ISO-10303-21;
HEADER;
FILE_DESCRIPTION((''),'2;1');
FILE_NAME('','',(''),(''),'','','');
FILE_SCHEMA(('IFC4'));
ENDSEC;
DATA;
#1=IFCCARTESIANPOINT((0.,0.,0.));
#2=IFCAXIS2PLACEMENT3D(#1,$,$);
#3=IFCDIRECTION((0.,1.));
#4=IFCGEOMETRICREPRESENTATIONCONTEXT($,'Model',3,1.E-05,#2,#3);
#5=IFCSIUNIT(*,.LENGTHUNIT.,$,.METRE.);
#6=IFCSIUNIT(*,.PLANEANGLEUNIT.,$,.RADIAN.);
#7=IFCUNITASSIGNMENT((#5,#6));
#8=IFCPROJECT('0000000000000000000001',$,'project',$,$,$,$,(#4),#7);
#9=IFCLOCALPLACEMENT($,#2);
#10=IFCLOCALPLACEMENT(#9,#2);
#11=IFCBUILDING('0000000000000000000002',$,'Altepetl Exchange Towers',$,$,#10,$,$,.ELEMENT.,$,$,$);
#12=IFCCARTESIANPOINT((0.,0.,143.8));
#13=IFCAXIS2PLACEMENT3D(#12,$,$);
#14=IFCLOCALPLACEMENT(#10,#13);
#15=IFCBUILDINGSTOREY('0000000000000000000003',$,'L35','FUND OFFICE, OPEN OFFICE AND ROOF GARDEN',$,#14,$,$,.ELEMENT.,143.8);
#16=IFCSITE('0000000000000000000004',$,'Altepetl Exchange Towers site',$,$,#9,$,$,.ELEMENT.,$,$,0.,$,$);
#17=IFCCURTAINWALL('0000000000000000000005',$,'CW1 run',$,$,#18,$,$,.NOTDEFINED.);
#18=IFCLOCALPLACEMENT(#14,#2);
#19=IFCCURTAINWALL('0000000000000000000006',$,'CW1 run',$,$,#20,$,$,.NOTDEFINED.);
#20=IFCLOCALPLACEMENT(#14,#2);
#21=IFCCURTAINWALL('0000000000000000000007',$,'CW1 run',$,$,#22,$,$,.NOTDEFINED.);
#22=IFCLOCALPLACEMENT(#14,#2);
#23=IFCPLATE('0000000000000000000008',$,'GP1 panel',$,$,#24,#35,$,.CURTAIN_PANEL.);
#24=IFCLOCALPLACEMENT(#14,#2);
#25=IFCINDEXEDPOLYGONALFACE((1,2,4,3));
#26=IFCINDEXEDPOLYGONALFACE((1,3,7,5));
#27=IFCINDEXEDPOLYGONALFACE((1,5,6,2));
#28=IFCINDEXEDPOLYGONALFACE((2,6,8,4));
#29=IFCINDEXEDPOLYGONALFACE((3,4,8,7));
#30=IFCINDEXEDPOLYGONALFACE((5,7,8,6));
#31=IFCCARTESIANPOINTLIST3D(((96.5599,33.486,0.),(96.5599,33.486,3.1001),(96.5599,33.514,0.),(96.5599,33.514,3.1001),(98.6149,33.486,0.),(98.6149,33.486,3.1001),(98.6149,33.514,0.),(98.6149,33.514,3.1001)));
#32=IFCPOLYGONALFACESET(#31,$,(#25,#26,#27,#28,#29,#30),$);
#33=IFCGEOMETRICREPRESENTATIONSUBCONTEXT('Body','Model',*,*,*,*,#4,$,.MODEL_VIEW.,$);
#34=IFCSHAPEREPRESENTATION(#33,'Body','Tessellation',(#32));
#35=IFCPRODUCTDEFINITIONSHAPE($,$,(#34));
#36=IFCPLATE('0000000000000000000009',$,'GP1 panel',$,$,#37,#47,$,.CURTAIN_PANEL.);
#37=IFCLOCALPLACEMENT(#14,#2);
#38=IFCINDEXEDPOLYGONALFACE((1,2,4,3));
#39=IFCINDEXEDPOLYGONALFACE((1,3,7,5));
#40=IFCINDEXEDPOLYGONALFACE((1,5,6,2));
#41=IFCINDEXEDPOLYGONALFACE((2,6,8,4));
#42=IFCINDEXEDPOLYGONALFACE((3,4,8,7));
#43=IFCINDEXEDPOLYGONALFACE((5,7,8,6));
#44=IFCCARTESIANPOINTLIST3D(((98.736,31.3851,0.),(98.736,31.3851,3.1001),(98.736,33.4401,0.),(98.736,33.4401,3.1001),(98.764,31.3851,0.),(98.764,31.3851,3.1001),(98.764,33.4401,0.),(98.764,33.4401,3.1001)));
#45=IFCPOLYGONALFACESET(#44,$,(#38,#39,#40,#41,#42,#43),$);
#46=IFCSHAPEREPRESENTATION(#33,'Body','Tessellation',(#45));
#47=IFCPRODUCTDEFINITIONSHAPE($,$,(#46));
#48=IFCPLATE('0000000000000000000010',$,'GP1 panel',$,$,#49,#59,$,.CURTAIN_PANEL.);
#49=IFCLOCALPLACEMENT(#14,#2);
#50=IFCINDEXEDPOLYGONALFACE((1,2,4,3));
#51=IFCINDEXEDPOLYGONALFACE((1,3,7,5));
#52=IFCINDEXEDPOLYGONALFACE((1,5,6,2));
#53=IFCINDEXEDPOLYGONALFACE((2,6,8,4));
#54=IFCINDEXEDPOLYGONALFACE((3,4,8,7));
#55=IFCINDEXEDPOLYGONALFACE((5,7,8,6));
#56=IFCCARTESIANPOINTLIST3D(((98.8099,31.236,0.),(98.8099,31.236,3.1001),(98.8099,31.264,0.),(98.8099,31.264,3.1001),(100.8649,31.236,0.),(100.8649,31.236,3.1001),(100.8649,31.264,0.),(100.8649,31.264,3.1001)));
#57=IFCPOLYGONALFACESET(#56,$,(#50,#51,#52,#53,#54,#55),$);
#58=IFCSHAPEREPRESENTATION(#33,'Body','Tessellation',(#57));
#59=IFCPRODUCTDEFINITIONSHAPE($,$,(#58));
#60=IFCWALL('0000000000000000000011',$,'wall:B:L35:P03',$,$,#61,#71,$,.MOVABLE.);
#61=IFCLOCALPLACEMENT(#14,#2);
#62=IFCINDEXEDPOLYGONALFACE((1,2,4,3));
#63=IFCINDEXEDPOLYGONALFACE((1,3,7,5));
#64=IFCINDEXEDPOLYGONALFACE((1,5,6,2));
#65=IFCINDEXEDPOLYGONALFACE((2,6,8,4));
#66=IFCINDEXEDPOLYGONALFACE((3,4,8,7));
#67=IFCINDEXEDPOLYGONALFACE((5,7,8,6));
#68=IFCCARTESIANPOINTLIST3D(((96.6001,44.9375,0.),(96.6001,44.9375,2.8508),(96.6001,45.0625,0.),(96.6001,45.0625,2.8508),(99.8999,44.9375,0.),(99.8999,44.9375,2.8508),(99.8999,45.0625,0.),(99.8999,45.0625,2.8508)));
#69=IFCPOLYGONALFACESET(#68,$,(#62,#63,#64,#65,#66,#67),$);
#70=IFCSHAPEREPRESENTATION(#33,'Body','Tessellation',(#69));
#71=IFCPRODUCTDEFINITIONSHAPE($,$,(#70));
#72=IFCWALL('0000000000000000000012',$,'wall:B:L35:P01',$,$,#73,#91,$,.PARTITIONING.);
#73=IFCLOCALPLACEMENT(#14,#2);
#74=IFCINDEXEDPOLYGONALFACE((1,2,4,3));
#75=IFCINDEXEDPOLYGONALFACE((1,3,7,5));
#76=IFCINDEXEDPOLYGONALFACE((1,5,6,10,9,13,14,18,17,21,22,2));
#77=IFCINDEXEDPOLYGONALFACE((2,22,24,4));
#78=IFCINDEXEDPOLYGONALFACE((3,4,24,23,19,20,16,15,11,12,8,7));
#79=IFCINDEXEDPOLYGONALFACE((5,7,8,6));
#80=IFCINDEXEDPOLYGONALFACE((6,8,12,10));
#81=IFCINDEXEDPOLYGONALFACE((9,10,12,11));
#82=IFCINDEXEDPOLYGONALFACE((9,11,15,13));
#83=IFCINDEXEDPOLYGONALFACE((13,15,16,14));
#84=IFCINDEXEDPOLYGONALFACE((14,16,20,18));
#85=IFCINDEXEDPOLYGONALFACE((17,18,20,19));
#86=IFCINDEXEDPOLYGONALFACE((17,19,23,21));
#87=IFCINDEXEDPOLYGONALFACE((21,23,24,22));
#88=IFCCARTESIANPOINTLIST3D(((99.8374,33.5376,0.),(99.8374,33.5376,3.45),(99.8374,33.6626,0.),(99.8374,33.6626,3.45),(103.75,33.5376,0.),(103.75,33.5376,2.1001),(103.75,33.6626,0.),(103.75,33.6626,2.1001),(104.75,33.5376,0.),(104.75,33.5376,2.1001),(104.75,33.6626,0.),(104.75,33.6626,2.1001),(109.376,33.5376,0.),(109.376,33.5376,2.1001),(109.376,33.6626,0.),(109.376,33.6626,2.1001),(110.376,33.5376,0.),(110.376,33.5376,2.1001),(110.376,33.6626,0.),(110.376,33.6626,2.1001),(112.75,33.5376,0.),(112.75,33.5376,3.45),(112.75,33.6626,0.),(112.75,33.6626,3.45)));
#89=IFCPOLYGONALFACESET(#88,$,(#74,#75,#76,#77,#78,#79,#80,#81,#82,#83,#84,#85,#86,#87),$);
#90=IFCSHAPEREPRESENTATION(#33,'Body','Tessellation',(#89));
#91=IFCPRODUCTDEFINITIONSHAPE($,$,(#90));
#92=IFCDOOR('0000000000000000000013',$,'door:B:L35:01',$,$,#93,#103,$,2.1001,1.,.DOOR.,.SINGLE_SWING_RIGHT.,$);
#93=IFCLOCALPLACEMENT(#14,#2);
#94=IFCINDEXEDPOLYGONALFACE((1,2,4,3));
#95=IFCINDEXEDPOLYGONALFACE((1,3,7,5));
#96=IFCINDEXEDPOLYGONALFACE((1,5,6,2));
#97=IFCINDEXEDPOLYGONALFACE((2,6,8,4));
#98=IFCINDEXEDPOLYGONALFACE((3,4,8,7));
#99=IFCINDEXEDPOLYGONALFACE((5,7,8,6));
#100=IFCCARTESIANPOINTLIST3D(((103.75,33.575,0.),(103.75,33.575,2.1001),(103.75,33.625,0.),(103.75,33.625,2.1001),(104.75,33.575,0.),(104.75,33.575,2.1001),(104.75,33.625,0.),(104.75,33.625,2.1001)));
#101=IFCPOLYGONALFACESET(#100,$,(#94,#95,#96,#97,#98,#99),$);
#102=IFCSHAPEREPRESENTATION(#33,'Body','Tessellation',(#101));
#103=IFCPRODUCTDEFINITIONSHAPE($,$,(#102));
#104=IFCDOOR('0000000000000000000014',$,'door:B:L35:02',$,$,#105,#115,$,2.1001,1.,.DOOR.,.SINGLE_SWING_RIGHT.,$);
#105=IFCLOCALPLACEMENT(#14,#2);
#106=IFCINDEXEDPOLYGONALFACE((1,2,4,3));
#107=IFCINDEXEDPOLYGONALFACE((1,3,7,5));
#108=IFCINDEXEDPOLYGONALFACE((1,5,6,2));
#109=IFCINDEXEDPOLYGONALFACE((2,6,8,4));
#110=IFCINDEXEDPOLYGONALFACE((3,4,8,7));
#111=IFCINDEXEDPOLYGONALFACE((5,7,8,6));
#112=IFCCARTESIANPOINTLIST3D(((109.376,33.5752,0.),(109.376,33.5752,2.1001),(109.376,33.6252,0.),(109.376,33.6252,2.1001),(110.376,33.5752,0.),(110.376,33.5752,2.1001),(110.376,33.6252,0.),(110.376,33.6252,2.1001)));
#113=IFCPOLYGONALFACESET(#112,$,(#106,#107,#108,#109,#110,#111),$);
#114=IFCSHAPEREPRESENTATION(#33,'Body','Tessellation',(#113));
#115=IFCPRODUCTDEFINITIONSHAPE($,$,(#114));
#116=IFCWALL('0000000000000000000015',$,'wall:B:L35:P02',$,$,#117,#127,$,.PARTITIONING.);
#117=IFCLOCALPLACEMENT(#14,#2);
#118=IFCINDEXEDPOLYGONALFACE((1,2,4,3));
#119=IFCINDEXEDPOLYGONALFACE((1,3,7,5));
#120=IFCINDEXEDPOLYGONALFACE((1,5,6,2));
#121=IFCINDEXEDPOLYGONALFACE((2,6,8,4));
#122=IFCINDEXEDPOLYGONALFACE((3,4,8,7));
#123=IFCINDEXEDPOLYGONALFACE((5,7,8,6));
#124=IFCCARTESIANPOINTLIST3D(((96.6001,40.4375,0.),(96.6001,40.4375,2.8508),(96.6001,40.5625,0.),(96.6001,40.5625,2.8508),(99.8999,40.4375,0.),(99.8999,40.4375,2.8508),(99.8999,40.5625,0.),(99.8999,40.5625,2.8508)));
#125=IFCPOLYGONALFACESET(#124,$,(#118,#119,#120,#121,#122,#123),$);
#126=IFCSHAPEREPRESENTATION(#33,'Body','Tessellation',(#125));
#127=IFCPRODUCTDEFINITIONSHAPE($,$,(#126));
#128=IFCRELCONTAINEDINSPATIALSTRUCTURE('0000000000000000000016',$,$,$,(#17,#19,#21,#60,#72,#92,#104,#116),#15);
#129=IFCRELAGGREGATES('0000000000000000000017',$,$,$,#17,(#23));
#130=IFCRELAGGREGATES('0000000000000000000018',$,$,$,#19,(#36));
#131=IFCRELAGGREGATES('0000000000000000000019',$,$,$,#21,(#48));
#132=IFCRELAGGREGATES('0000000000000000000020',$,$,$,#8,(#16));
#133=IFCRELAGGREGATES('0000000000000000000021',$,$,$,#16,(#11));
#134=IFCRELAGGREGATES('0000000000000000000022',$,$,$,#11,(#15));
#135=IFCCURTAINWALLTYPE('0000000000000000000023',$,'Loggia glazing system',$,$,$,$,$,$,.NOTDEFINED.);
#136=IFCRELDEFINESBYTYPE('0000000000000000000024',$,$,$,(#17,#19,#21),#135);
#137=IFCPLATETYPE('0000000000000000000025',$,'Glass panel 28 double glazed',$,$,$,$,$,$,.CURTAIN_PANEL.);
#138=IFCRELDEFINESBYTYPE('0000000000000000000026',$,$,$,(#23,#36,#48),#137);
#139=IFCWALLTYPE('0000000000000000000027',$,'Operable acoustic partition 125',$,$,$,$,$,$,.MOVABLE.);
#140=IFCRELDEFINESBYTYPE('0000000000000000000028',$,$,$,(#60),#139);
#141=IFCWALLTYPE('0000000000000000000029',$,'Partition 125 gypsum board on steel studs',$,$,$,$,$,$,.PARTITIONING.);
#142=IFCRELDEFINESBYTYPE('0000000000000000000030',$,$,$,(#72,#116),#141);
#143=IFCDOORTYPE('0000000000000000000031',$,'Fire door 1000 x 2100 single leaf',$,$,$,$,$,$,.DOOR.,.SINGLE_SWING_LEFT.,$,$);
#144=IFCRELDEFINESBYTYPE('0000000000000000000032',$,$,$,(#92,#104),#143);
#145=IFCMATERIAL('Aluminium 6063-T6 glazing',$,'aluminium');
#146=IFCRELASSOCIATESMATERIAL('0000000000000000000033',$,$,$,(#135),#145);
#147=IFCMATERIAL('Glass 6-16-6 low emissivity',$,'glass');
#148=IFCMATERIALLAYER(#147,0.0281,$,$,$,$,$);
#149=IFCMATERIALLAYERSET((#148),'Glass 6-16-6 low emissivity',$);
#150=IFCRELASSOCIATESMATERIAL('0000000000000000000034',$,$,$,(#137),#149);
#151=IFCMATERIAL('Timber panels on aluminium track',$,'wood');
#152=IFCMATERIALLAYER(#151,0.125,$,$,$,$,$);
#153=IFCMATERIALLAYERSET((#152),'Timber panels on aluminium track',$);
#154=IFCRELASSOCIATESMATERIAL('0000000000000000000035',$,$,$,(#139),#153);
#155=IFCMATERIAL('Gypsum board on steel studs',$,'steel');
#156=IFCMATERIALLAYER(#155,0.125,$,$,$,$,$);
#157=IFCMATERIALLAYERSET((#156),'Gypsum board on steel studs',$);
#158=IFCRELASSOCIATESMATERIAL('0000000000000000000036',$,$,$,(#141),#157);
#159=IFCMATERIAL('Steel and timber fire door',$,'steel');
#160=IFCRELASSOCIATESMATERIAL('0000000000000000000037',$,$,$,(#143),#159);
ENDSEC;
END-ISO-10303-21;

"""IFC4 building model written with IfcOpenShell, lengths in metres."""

from ifc_helpers import new_model, si_unit, direction, frame, frame_2d, origin, origin_2d, place, context, subcontext, project, spatial, rectangle, extrude, material, layer, layer_set, type_object, element, fill, aggregate, save


model = new_model("IFC4")

# Units and contexts
model_context = context("Model", 3, precision=1e-05, world=origin(), true_north=direction((0.0, 1.0)))
body_context = subcontext(model_context, "Body", "Model", "MODEL_VIEW")
ifc_project = project(units=[si_unit("LENGTHUNIT", "METRE"), si_unit("PLANEANGLEUNIT", "RADIAN")], contexts=[model_context])

# Site, building, storey
site_placement = place(None, origin())
site = spatial("IfcSite", under=ifc_project, at=site_placement, Name="Altepetl Exchange Towers site", CompositionType="ELEMENT", RefElevation=0.0)
building_placement = place(site_placement, origin())
building = spatial("IfcBuilding", under=site, at=building_placement, Name="Altepetl Exchange Towers", CompositionType="ELEMENT")
storey_placement = place(building_placement, frame((0.0, 0.0, 143.8)))
storey = spatial("IfcBuildingStorey", under=building, at=storey_placement, Name="L35", Description="FUND OFFICE, OPEN OFFICE AND ROOF GARDEN", CompositionType="ELEMENT", Elevation=143.8)

# Curtain walls
ifc_material_1 = material(Name="Aluminium 6063-T6 glazing", Category="aluminium")
curtain_wall_type = type_object("IfcCurtainWallType", Name="Loggia glazing system", PredefinedType="NOTDEFINED", material=ifc_material_1)
curtain_wall_1_placement = place(storey_placement, origin())
curtain_wall_1 = element("IfcCurtainWall", 1, at=curtain_wall_1_placement, inside=storey, type_object=curtain_wall_type, Name="CW1 run", PredefinedType="NOTDEFINED")
curtain_wall_2_placement = place(storey_placement, origin())
curtain_wall_2 = element("IfcCurtainWall", 2, at=curtain_wall_2_placement, inside=storey, type_object=curtain_wall_type, Name="CW1 run", PredefinedType="NOTDEFINED")

# Curtain wall
curtain_wall_3_placement = place(storey_placement, origin())
curtain_wall_3 = element("IfcCurtainWall", 3, at=curtain_wall_3_placement, inside=storey, type_object=curtain_wall_type, Name="CW1 run", PredefinedType="NOTDEFINED")

# Plates
ifc_material_2 = material(Name="Glass 6-16-6 low emissivity", Category="glass")
ifc_layer_1 = layer(ifc_material_2, 0.0281)
ifc_layer_set_1 = layer_set([ifc_layer_1], Name="Glass 6-16-6 low emissivity")
plate_type = type_object("IfcPlateType", Name="Glass panel 28 double glazed", PredefinedType="CURTAIN_PANEL", material=ifc_layer_set_1)
plate_1_placement = place(storey_placement, frame((97.5874, 33.5, 0.0)))
plate_1 = element("IfcPlate", 4, at=plate_1_placement, type_object=plate_type, Name="GP1 panel", PredefinedType="CURTAIN_PANEL", context=body_context, shape_type="SweptSolid", body=[
    extrude(rectangle(XDim=2.0549, YDim=0.0281, at=origin_2d()), origin(), (0.0, 0.0, 1.0), 3.1001),
])
aggregate(curtain_wall_1, [plate_1])
plate_2_placement = place(storey_placement, frame((98.75, 32.4126, 0.0), z_axis=(0.0, 0.0, 1.0), x_axis=(0.0, -1.0, 0.0)))
plate_2 = element("IfcPlate", 5, at=plate_2_placement, type_object=plate_type, Name="GP1 panel", PredefinedType="CURTAIN_PANEL", context=body_context, shape_type="SweptSolid", body=[
    extrude(rectangle(XDim=2.0549, YDim=0.0281, at=origin_2d()), origin(), (0.0, 0.0, 1.0), 3.1001),
])
aggregate(curtain_wall_2, [plate_2])
plate_3_placement = place(storey_placement, frame((99.8374, 31.25, 0.0)))
plate_3 = element("IfcPlate", 6, at=plate_3_placement, type_object=plate_type, Name="GP1 panel", PredefinedType="CURTAIN_PANEL", context=body_context, shape_type="SweptSolid", body=[
    extrude(rectangle(XDim=2.0549, YDim=0.0281, at=origin_2d()), origin(), (0.0, 0.0, 1.0), 3.1001),
])
aggregate(curtain_wall_3, [plate_3])

# Wall
ifc_material_3 = material(Name="Timber panels on aluminium track", Category="wood")
ifc_layer_2 = layer(ifc_material_3, 0.125)
ifc_layer_set_2 = layer_set([ifc_layer_2], Name="Timber panels on aluminium track")
wall_type_1 = type_object("IfcWallType", Name="Operable acoustic partition 125", PredefinedType="MOVABLE", material=ifc_layer_set_2)
wall_1_placement = place(storey_placement, frame((96.6001, 45.0, 0.0)))
element("IfcWall", 7, at=wall_1_placement, inside=storey, type_object=wall_type_1, Name="wall:B:L35:P03", PredefinedType="MOVABLE", context=body_context, shape_type="SweptSolid", body=[
    extrude(rectangle(XDim=3.2998, YDim=0.125, at=frame_2d((1.6499, 0.0))), origin(), (0.0, 0.0, 1.0), 2.8508),
])

# Wall, openings, doors
ifc_material_4 = material(Name="Gypsum board on steel studs", Category="steel")
ifc_layer_3 = layer(ifc_material_4, 0.125)
ifc_layer_set_3 = layer_set([ifc_layer_3], Name="Gypsum board on steel studs")
wall_type_2 = type_object("IfcWallType", Name="Partition 125 gypsum board on steel studs", PredefinedType="PARTITIONING", material=ifc_layer_set_3)
wall_2_placement = place(storey_placement, frame((99.8374, 33.6001, 0.0)))
wall_2 = element("IfcWall", 8, at=wall_2_placement, inside=storey, type_object=wall_type_2, Name="wall:B:L35:P01", PredefinedType="PARTITIONING", context=body_context, shape_type="SweptSolid", body=[
    extrude(rectangle(XDim=12.9126, YDim=0.125, at=frame_2d((6.4563, 0.0))), origin(), (0.0, 0.0, 1.0), 3.45),
])
opening_1_placement = place(wall_2_placement, frame((3.9126, 0.0, 0.0)))
opening_1 = element("IfcOpeningElement", 9, at=opening_1_placement, cuts=wall_2, PredefinedType="OPENING", context=body_context, shape_type="SweptSolid", body=[
    extrude(rectangle(XDim=1.0, YDim=2.1001, at=frame_2d((0.5, 1.05))), frame((0.0, 0.0725, 0.0), z_axis=(0.0, -1.0, 0.0), x_axis=(1.0, 0.0, 0.0)), (0.0, 0.0, 1.0), 0.145),
])
opening_2_placement = place(wall_2_placement, frame((9.5386, 0.0, 0.0)))
opening_2 = element("IfcOpeningElement", 10, at=opening_2_placement, cuts=wall_2, PredefinedType="OPENING", context=body_context, shape_type="SweptSolid", body=[
    extrude(rectangle(XDim=1.0, YDim=2.1001, at=frame_2d((0.5, 1.05))), frame((0.0, 0.0725, 0.0), z_axis=(0.0, -1.0, 0.0), x_axis=(1.0, 0.0, 0.0)), (0.0, 0.0, 1.0), 0.145),
])
ifc_material_5 = material(Name="Steel and timber fire door", Category="steel")
door_type = type_object("IfcDoorType", Name="Fire door 1000 x 2100 single leaf", OperationType="SINGLE_SWING_LEFT", PredefinedType="DOOR", material=ifc_material_5)
door_1_placement = place(opening_1_placement, origin())
door_1 = element("IfcDoor", 11, at=door_1_placement, inside=storey, type_object=door_type, Name="door:B:L35:01", OperationType="SINGLE_SWING_RIGHT", OverallHeight=2.1001, OverallWidth=1.0, PredefinedType="DOOR", context=body_context, shape_type="SweptSolid", body=[
    extrude(rectangle(XDim=1.0, YDim=2.1001, at=frame_2d((0.5, 1.05))), frame((0.0, 0.0249, 0.0), z_axis=(0.0, -1.0, 0.0), x_axis=(1.0, 0.0, 0.0)), (0.0, 0.0, 1.0), 0.05),
])
fill(opening_1, door_1)
door_2_placement = place(opening_2_placement, frame((1.0, 0.0, 0.0), x_axis=(-1.0, 0.0, 0.0)))
door_2 = element("IfcDoor", 12, at=door_2_placement, inside=storey, type_object=door_type, Name="door:B:L35:02", OperationType="SINGLE_SWING_RIGHT", OverallHeight=2.1001, OverallWidth=1.0, PredefinedType="DOOR", context=body_context, shape_type="SweptSolid", body=[
    extrude(rectangle(XDim=1.0, YDim=2.1001, at=frame_2d((0.5, 1.05))), frame((0.0, 0.0249, 0.0), z_axis=(0.0, -1.0, 0.0), x_axis=(1.0, 0.0, 0.0)), (0.0, 0.0, 1.0), 0.05),
])
fill(opening_2, door_2)

# Wall
wall_3_placement = place(storey_placement, frame((96.6001, 40.5, 0.0)))
element("IfcWall", 13, at=wall_3_placement, inside=storey, type_object=wall_type_2, Name="wall:B:L35:P02", PredefinedType="PARTITIONING", context=body_context, shape_type="SweptSolid", body=[
    extrude(rectangle(XDim=3.2998, YDim=0.125, at=frame_2d((1.6499, 0.0))), origin(), (0.0, 0.0, 1.0), 2.8508),
])

save(model, "model.ifc")
